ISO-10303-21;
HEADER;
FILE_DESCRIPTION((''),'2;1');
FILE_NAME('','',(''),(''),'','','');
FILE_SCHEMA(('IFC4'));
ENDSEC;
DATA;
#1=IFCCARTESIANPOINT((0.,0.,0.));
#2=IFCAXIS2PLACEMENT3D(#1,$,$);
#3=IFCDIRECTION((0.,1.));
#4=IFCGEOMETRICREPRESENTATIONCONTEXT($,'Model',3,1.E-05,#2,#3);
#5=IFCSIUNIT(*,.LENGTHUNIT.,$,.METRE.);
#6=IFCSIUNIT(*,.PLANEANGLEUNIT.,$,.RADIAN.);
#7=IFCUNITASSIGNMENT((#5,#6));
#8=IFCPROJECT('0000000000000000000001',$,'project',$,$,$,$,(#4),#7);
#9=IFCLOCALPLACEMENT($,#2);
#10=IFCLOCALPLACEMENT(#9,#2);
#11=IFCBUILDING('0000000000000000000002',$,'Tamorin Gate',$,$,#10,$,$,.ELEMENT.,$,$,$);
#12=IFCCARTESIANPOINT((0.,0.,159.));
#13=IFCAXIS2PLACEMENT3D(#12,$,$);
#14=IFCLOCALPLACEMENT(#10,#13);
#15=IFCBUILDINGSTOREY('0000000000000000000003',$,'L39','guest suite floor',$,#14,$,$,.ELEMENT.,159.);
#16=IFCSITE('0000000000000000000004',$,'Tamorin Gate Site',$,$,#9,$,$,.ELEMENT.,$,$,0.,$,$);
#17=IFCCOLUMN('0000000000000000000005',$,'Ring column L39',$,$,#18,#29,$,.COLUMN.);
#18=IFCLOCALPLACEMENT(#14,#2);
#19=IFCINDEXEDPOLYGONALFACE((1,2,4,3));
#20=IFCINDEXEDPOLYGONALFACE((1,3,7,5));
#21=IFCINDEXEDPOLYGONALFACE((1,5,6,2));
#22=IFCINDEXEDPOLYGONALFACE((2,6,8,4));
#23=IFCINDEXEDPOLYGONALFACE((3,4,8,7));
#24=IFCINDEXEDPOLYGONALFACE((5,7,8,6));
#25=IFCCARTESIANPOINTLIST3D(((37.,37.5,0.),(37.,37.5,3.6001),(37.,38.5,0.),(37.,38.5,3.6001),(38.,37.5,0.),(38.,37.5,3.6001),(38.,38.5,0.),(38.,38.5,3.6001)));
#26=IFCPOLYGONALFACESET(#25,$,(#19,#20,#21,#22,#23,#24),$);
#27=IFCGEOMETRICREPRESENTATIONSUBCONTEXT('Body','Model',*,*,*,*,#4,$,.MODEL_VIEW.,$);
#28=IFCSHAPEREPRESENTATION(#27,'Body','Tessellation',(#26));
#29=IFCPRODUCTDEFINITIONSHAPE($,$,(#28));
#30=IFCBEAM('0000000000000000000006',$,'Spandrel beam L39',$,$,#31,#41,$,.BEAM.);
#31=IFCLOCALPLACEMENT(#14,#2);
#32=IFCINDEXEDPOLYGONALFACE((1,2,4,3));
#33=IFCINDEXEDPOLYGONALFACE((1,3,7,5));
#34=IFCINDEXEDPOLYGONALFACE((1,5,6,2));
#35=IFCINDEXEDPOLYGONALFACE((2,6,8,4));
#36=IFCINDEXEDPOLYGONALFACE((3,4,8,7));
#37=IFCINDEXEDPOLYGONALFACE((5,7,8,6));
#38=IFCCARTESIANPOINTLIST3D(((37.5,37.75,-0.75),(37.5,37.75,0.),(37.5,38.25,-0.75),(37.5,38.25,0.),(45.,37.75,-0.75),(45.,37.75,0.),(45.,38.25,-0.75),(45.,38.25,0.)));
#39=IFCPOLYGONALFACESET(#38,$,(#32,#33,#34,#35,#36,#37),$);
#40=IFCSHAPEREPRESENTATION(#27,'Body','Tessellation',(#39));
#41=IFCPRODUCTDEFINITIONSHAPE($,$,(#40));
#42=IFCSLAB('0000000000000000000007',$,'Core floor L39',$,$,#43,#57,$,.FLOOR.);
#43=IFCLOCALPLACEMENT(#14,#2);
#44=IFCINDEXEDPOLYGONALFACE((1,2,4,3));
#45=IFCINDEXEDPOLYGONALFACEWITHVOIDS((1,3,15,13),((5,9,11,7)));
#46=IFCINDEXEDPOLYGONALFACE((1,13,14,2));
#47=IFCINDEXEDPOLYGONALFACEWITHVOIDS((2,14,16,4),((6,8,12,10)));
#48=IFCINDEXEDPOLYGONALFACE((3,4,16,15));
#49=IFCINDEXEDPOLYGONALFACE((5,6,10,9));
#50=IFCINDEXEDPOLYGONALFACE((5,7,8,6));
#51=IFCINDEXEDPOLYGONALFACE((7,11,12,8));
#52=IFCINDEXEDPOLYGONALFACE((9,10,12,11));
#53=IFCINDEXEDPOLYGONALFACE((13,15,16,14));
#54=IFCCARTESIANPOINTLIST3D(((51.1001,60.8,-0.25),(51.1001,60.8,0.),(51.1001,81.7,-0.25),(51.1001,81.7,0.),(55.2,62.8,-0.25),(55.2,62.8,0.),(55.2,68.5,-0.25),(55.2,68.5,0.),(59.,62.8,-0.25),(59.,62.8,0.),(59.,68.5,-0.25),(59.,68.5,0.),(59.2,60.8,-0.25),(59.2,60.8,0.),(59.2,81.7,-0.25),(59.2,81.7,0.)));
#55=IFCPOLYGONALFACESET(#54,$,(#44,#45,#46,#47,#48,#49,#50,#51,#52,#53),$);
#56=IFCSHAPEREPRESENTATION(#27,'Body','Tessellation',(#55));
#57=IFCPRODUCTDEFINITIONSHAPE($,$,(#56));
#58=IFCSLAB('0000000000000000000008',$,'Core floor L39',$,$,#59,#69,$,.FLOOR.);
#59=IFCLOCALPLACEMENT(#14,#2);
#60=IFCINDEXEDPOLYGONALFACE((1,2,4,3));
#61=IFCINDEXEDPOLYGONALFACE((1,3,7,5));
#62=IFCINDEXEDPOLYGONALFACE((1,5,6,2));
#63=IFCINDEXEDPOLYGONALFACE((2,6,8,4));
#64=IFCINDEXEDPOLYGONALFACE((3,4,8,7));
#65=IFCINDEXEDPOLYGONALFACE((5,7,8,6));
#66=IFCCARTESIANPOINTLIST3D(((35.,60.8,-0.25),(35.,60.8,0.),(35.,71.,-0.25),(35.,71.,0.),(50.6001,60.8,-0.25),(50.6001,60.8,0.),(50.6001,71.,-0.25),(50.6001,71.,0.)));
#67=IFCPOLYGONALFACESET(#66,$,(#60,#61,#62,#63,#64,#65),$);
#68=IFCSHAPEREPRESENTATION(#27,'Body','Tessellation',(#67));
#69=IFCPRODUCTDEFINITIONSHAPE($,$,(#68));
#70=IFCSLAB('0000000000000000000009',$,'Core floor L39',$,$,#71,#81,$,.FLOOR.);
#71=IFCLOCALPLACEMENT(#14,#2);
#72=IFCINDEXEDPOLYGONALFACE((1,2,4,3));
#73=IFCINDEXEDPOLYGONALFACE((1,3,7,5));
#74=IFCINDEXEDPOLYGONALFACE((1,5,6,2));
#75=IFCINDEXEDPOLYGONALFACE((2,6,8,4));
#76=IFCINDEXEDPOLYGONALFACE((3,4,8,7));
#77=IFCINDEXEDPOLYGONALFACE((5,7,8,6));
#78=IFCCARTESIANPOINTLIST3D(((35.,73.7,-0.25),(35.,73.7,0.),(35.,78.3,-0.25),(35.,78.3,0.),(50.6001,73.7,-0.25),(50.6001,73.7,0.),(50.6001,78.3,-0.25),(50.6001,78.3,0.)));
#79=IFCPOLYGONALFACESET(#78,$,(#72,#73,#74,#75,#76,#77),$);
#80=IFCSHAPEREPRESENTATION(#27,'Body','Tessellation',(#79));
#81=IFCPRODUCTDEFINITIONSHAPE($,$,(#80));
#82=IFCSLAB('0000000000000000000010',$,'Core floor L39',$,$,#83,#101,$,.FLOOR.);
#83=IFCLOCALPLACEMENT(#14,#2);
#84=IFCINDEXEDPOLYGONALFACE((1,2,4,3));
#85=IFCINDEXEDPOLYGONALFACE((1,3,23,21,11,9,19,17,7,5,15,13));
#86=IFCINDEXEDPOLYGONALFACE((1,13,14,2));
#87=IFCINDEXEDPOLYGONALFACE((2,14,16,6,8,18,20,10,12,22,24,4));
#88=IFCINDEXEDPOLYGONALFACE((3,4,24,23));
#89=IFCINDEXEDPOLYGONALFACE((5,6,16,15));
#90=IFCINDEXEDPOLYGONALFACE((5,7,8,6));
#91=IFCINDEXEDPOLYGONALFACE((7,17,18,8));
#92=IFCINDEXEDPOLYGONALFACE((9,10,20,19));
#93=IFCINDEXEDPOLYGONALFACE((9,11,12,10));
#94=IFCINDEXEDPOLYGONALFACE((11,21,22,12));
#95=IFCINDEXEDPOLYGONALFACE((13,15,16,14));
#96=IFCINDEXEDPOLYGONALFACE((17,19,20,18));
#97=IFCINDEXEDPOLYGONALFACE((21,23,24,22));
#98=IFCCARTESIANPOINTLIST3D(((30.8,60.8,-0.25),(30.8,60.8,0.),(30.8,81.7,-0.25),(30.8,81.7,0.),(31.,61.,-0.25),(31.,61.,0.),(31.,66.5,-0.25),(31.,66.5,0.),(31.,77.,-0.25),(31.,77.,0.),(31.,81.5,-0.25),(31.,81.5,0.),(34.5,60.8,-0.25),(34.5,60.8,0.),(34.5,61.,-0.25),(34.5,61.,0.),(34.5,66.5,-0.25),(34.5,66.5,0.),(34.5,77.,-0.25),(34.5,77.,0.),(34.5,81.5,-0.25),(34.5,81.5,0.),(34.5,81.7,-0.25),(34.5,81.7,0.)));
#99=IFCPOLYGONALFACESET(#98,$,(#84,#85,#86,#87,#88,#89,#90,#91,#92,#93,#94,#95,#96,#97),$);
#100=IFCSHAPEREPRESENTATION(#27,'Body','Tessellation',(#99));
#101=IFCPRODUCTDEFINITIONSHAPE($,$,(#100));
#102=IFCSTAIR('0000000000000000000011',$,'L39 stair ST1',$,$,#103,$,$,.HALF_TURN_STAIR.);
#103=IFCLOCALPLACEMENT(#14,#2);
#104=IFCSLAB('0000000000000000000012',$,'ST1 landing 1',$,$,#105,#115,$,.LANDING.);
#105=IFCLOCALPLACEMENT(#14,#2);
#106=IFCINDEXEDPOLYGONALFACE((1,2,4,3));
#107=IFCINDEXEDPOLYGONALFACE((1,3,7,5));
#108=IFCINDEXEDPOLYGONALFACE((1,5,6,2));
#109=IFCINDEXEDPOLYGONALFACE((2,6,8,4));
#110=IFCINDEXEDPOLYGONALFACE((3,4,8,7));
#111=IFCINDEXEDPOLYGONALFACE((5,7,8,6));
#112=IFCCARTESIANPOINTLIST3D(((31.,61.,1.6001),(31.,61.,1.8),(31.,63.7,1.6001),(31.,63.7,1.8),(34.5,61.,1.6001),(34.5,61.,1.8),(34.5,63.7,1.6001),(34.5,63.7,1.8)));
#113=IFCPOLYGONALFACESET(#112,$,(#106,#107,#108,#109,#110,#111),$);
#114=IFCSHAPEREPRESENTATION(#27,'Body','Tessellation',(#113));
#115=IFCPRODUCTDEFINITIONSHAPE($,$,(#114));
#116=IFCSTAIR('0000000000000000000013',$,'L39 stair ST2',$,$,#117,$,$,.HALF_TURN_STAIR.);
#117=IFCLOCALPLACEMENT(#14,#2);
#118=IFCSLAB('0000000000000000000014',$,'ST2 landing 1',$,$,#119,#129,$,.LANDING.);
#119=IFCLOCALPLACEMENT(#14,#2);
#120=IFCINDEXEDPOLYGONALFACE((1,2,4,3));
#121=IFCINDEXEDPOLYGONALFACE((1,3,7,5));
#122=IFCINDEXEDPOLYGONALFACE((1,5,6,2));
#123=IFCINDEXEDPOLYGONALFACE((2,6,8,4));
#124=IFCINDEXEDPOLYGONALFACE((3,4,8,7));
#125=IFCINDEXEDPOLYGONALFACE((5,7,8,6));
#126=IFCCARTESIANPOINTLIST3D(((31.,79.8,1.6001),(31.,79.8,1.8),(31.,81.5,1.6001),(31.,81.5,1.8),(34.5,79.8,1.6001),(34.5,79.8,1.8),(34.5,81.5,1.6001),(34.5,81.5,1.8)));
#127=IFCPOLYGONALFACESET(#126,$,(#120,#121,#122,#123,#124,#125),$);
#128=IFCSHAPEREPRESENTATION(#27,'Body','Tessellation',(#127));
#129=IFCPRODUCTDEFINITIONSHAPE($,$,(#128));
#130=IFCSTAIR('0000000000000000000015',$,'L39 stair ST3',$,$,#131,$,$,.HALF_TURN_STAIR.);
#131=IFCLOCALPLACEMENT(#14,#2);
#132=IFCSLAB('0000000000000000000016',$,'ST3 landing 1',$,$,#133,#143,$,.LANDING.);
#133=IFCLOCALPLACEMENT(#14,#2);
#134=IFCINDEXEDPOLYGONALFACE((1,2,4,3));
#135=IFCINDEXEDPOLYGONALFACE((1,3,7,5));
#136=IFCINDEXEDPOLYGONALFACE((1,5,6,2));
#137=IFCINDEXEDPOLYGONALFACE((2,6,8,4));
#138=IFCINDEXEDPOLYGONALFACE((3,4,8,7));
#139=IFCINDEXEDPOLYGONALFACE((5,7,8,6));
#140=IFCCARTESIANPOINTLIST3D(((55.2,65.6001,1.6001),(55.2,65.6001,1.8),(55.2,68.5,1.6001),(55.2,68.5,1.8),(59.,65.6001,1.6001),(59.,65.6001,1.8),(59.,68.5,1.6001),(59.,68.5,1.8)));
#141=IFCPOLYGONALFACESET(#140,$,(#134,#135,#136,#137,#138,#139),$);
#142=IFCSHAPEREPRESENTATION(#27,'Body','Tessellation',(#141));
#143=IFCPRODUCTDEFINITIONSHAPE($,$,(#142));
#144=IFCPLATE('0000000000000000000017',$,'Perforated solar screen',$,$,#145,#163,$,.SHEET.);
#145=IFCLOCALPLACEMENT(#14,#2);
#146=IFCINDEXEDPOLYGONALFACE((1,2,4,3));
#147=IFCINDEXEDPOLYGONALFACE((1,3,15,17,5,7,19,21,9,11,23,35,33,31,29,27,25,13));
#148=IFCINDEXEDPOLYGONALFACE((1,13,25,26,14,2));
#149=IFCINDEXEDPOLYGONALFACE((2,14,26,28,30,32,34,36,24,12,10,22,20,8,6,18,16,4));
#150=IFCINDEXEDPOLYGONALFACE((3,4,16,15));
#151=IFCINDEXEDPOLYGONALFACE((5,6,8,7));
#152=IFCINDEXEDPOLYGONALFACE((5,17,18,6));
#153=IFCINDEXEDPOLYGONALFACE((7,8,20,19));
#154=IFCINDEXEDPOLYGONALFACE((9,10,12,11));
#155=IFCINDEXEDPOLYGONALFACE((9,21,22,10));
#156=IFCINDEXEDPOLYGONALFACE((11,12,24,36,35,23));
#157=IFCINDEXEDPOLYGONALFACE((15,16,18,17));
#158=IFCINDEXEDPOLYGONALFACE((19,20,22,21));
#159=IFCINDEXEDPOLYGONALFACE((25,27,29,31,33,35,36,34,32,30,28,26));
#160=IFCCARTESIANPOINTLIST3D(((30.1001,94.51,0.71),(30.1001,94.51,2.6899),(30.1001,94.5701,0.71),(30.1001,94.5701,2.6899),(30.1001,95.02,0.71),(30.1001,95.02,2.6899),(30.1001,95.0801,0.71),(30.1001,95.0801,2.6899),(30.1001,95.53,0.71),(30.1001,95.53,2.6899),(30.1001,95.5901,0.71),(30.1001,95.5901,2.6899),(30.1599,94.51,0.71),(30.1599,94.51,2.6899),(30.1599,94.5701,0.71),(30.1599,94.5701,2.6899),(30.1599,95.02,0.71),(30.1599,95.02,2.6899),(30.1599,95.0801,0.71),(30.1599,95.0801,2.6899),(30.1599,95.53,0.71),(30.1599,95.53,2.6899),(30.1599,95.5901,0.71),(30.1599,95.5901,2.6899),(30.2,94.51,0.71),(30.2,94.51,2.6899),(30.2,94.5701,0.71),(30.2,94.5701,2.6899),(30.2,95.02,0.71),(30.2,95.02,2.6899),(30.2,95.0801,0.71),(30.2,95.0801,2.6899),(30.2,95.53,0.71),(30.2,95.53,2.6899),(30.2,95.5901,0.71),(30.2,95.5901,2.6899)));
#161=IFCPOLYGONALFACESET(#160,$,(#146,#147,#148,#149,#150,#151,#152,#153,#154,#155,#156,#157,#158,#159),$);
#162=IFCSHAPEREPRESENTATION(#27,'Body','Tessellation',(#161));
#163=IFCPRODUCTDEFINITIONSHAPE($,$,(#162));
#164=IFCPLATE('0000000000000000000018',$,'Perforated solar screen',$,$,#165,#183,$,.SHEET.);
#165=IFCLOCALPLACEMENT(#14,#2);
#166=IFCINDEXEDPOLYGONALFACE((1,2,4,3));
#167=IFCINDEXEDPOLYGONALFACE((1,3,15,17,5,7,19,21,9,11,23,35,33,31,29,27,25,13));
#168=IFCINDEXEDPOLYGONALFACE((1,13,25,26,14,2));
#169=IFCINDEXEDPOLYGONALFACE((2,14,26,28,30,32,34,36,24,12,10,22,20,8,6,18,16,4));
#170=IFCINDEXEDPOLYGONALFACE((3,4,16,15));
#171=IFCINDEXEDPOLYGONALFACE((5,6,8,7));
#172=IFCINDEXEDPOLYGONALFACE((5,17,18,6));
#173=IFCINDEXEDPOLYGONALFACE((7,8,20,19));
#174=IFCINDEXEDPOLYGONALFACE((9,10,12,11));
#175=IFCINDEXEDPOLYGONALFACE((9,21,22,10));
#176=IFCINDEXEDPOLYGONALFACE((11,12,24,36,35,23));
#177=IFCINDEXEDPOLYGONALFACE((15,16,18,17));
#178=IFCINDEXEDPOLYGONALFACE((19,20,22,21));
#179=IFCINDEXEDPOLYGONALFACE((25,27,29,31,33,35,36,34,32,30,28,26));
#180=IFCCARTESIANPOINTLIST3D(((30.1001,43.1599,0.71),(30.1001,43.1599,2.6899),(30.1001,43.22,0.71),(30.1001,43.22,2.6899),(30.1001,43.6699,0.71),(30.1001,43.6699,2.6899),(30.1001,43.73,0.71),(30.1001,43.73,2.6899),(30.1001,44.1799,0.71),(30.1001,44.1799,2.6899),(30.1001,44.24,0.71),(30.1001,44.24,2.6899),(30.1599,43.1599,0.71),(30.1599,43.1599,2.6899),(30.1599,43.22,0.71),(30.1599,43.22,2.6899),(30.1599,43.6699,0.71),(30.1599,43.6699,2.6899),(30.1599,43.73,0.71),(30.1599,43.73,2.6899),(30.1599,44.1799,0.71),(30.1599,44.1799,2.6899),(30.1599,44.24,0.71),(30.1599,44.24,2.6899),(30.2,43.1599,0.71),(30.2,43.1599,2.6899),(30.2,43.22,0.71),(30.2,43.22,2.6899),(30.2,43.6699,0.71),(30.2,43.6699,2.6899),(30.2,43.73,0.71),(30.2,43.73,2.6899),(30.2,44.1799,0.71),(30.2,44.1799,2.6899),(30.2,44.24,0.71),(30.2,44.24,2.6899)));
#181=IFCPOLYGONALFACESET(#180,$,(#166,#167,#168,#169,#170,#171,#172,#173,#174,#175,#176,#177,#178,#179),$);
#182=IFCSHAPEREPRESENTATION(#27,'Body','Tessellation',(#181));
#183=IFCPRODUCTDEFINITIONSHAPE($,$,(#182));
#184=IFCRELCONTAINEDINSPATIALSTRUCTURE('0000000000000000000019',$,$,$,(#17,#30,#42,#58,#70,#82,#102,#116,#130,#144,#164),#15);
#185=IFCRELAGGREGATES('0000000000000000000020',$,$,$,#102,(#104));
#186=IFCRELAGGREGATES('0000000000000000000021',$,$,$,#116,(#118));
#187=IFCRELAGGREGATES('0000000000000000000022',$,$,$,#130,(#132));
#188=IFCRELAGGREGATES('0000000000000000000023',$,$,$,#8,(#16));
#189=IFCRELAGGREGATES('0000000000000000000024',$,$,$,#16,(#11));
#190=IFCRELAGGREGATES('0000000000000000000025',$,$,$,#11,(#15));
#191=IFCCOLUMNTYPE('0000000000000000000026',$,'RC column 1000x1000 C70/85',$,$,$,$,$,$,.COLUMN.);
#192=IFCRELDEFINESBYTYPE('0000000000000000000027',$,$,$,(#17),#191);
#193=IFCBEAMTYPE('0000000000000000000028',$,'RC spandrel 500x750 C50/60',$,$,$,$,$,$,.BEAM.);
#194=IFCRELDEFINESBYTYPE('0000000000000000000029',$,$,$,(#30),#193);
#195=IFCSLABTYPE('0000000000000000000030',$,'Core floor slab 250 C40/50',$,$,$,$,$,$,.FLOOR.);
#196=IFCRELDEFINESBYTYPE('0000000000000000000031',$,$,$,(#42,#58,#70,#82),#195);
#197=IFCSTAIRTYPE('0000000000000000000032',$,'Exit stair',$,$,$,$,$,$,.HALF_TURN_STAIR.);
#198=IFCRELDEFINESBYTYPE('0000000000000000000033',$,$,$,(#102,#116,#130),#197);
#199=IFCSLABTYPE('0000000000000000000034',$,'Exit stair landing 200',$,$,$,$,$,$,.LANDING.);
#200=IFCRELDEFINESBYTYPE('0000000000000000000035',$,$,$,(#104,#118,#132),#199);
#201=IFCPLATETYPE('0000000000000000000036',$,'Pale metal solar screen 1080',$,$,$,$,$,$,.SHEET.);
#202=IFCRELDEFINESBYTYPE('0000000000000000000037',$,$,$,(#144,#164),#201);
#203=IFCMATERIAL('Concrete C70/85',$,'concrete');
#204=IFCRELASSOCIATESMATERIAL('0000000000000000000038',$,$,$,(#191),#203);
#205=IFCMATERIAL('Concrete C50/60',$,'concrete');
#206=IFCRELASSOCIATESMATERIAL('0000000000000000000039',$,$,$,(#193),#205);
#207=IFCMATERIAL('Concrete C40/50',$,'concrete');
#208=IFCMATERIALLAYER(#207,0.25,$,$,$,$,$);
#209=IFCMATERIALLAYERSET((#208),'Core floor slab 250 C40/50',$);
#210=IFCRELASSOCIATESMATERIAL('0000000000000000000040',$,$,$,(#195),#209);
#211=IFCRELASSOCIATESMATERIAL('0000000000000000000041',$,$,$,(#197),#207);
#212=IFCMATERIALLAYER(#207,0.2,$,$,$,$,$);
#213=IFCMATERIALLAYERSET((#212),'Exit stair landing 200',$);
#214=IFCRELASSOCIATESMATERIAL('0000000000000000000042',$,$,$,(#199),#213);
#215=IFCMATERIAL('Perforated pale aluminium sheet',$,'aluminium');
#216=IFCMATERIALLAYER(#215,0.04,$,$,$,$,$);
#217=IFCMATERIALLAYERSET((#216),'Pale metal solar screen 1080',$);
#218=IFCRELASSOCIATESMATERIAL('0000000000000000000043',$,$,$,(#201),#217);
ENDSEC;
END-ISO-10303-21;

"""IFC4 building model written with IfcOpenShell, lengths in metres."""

from ifc_helpers import new_model, si_unit, direction, frame, origin, origin_2d, place, context, subcontext, project, spatial, polyline, rectangle, outline, extrude, material, layer, layer_set, material_profile, profile_set, type_object, element, aggregate, save


model = new_model("IFC4")

# Units and contexts
model_context = context("Model", 3, precision=1e-05, world=origin(), true_north=direction((0.0, 1.0)))
body_context = subcontext(model_context, "Body", "Model", "MODEL_VIEW")
ifc_project = project(units=[si_unit("LENGTHUNIT", "METRE"), si_unit("PLANEANGLEUNIT", "RADIAN")], contexts=[model_context])

# Site, building, storey
site_placement = place(None, origin())
site = spatial("IfcSite", under=ifc_project, at=site_placement, Name="Tamorin Gate Site", CompositionType="ELEMENT", RefElevation=0.0)
building_placement = place(site_placement, origin())
building = spatial("IfcBuilding", under=site, at=building_placement, Name="Tamorin Gate", CompositionType="ELEMENT")
storey_placement = place(building_placement, frame((0.0, 0.0, 159.0)))
storey = spatial("IfcBuildingStorey", under=building, at=storey_placement, Name="L39", Description="guest suite floor", CompositionType="ELEMENT", Elevation=159.0)

# Column
ifc_material_1 = material(Name="Concrete C70/85", Category="concrete")
ifc_material_profile_1 = material_profile(ifc_material_1, rectangle(XDim=1.0, YDim=1.0, at=origin_2d()), Name="RC 1000x1000")
ifc_profile_set_1 = profile_set([ifc_material_profile_1], Name="Concrete C70/85")
column_type = type_object("IfcColumnType", Name="RC column 1000x1000 C70/85", PredefinedType="COLUMN", material=ifc_profile_set_1)
column_placement = place(storey_placement, frame((37.5, 38.0, 0.0), z_axis=(0.0, 0.0, 1.0), x_axis=(1.0, 0.0, 0.0)))
element("IfcColumn", 1, at=column_placement, inside=storey, type_object=column_type, Name="Ring column L39", PredefinedType="COLUMN", context=body_context, shape_type="SweptSolid", body=[
    extrude(rectangle(XDim=1.0, YDim=1.0, at=origin_2d()), origin(), (0.0, 0.0, 1.0), 3.6001),
])

# Beam
ifc_material_2 = material(Name="Concrete C50/60", Category="concrete")
ifc_material_profile_2 = material_profile(ifc_material_2, rectangle(XDim=0.5, YDim=0.75, at=origin_2d()), Name="RC 500x750")
ifc_profile_set_2 = profile_set([ifc_material_profile_2], Name="Concrete C50/60")
beam_type = type_object("IfcBeamType", Name="RC spandrel 500x750 C50/60", PredefinedType="BEAM", material=ifc_profile_set_2)
beam_placement = place(storey_placement, frame((37.5, 38.0, -0.375), z_axis=(1.0, 0.0, 0.0), x_axis=(0.0, 1.0, 0.0)))
element("IfcBeam", 2, at=beam_placement, inside=storey, type_object=beam_type, Name="Spandrel beam L39", PredefinedType="BEAM", context=body_context, shape_type="SweptSolid", body=[
    extrude(rectangle(XDim=0.5, YDim=0.75, at=origin_2d()), origin(), (0.0, 0.0, 1.0), 7.5),
])

# Slabs
ifc_material_3 = material(Name="Concrete C40/50", Category="concrete")
ifc_layer_1 = layer(ifc_material_3, 0.25)
ifc_layer_set_1 = layer_set([ifc_layer_1], Name="Core floor slab 250 C40/50")
slab_type_1 = type_object("IfcSlabType", Name="Core floor slab 250 C40/50", PredefinedType="FLOOR", material=ifc_layer_set_1)
slab_1_placement = place(storey_placement, frame((0.0, 0.0, -0.25)))
element("IfcSlab", 3, at=slab_1_placement, inside=storey, type_object=slab_type_1, Name="Core floor L39", PredefinedType="FLOOR", context=body_context, shape_type="SweptSolid", body=[
    extrude(outline(polyline([(51.1001, 81.7), (59.2, 81.7), (59.2, 60.8), (51.1001, 60.8), (51.1001, 81.7)]), holes=[polyline([(55.2, 62.8), (59.0, 62.8), (59.0, 68.5), (55.2, 68.5), (55.2, 62.8)])]), origin(), (0.0, 0.0, 1.0), 0.25),
])
slab_2_placement = place(storey_placement, frame((0.0, 0.0, -0.25)))
element("IfcSlab", 4, at=slab_2_placement, inside=storey, type_object=slab_type_1, Name="Core floor L39", PredefinedType="FLOOR", context=body_context, shape_type="SweptSolid", body=[
    extrude(outline(polyline([(50.6001, 71.0), (50.6001, 60.8), (35.0, 60.8), (35.0, 71.0), (50.6001, 71.0)])), origin(), (0.0, 0.0, 1.0), 0.25),
])
slab_3_placement = place(storey_placement, frame((0.0, 0.0, -0.25)))
element("IfcSlab", 5, at=slab_3_placement, inside=storey, type_object=slab_type_1, Name="Core floor L39", PredefinedType="FLOOR", context=body_context, shape_type="SweptSolid", body=[
    extrude(outline(polyline([(50.6001, 73.7), (35.0, 73.7), (35.0, 78.3), (50.6001, 78.3), (50.6001, 73.7)])), origin(), (0.0, 0.0, 1.0), 0.25),
])
slab_4_placement = place(storey_placement, frame((0.0, 0.0, -0.25)))
element("IfcSlab", 6, at=slab_4_placement, inside=storey, type_object=slab_type_1, Name="Core floor L39", PredefinedType="FLOOR", context=body_context, shape_type="SweptSolid", body=[
    extrude(outline(polyline([(34.5, 60.8), (30.8, 60.8), (30.8, 81.7), (34.5, 81.7), (34.5, 81.5), (31.0, 81.5), (31.0, 77.0), (34.5, 77.0), (34.5, 66.5), (31.0, 66.5), (31.0, 61.0), (34.5, 61.0), (34.5, 60.8)])), origin(), (0.0, 0.0, 1.0), 0.25),
])

# Stairs, slabs
stair_type = type_object("IfcStairType", Name="Exit stair", PredefinedType="HALF_TURN_STAIR", material=ifc_material_3)
stair_1_placement = place(storey_placement, origin())
stair_1 = element("IfcStair", 7, at=stair_1_placement, inside=storey, type_object=stair_type, Name="L39 stair ST1", PredefinedType="HALF_TURN_STAIR")
ifc_layer_2 = layer(ifc_material_3, 0.2)
ifc_layer_set_2 = layer_set([ifc_layer_2], Name="Exit stair landing 200")
slab_type_2 = type_object("IfcSlabType", Name="Exit stair landing 200", PredefinedType="LANDING", material=ifc_layer_set_2)
slab_5_placement = place(storey_placement, frame((0.0, 0.0, 1.6001)))
slab_5 = element("IfcSlab", 8, at=slab_5_placement, type_object=slab_type_2, Name="ST1 landing 1", PredefinedType="LANDING", context=body_context, shape_type="SweptSolid", body=[
    extrude(outline(polyline([(31.0, 63.7), (31.0, 61.0), (34.5, 61.0), (34.5, 63.7), (31.0, 63.7)])), origin(), (0.0, 0.0, 1.0), 0.2),
])
aggregate(stair_1, [slab_5])
stair_2_placement = place(storey_placement, origin())
stair_2 = element("IfcStair", 9, at=stair_2_placement, inside=storey, type_object=stair_type, Name="L39 stair ST2", PredefinedType="HALF_TURN_STAIR")
slab_6_placement = place(storey_placement, frame((0.0, 0.0, 1.6001)))
slab_6 = element("IfcSlab", 10, at=slab_6_placement, type_object=slab_type_2, Name="ST2 landing 1", PredefinedType="LANDING", context=body_context, shape_type="SweptSolid", body=[
    extrude(outline(polyline([(34.5, 79.8), (34.5, 81.5), (31.0, 81.5), (31.0, 79.8), (34.5, 79.8)])), origin(), (0.0, 0.0, 1.0), 0.2),
])
aggregate(stair_2, [slab_6])
stair_3_placement = place(storey_placement, origin())
stair_3 = element("IfcStair", 11, at=stair_3_placement, inside=storey, type_object=stair_type, Name="L39 stair ST3", PredefinedType="HALF_TURN_STAIR")
slab_7_placement = place(storey_placement, frame((0.0, 0.0, 1.6001)))
slab_7 = element("IfcSlab", 12, at=slab_7_placement, type_object=slab_type_2, Name="ST3 landing 1", PredefinedType="LANDING", context=body_context, shape_type="SweptSolid", body=[
    extrude(outline(polyline([(59.0, 65.6001), (59.0, 68.5), (55.2, 68.5), (55.2, 65.6001), (59.0, 65.6001)])), origin(), (0.0, 0.0, 1.0), 0.2),
])
aggregate(stair_3, [slab_7])

# Plates
ifc_material_4 = material(Name="Perforated pale aluminium sheet", Category="aluminium")
ifc_layer_3 = layer(ifc_material_4, 0.04)
ifc_layer_set_3 = layer_set([ifc_layer_3], Name="Pale metal solar screen 1080")
plate_type_1 = type_object("IfcPlateType", Name="Pale metal solar screen 1080", PredefinedType="SHEET", material=ifc_layer_set_3)
plate_1_placement = place(storey_placement, frame((0.0, 0.0, 0.71)))
element("IfcPlate", 13, at=plate_1_placement, inside=storey, type_object=plate_type_1, Name="Perforated solar screen", PredefinedType="SHEET", context=body_context, shape_type="SweptSolid", body=[
    extrude(outline(polyline([(30.1599, 95.5901), (30.2, 95.5901), (30.2, 95.53), (30.2, 95.0801), (30.2, 95.02), (30.2, 94.5701), (30.2, 94.51), (30.1599, 94.51), (30.1001, 94.51), (30.1001, 94.5701), (30.1599, 94.5701), (30.1599, 95.02), (30.1001, 95.02), (30.1001, 95.0801), (30.1599, 95.0801), (30.1599, 95.53), (30.1001, 95.53), (30.1001, 95.5901), (30.1599, 95.5901)])), origin(), (0.0, 0.0, 1.0), 1.98),
])
plate_2_placement = place(storey_placement, frame((0.0, 0.0, 0.71)))
element("IfcPlate", 14, at=plate_2_placement, inside=storey, type_object=plate_type_1, Name="Perforated solar screen", PredefinedType="SHEET", context=body_context, shape_type="SweptSolid", body=[
    extrude(outline(polyline([(30.1599, 44.24), (30.2, 44.24), (30.2, 44.1799), (30.2, 43.73), (30.2, 43.6699), (30.2, 43.22), (30.2, 43.1599), (30.1599, 43.1599), (30.1001, 43.1599), (30.1001, 43.22), (30.1599, 43.22), (30.1599, 43.6699), (30.1001, 43.6699), (30.1001, 43.73), (30.1599, 43.73), (30.1599, 44.1799), (30.1001, 44.1799), (30.1001, 44.24), (30.1599, 44.24)])), origin(), (0.0, 0.0, 1.0), 1.98),
])

save(model, "model.ifc")
